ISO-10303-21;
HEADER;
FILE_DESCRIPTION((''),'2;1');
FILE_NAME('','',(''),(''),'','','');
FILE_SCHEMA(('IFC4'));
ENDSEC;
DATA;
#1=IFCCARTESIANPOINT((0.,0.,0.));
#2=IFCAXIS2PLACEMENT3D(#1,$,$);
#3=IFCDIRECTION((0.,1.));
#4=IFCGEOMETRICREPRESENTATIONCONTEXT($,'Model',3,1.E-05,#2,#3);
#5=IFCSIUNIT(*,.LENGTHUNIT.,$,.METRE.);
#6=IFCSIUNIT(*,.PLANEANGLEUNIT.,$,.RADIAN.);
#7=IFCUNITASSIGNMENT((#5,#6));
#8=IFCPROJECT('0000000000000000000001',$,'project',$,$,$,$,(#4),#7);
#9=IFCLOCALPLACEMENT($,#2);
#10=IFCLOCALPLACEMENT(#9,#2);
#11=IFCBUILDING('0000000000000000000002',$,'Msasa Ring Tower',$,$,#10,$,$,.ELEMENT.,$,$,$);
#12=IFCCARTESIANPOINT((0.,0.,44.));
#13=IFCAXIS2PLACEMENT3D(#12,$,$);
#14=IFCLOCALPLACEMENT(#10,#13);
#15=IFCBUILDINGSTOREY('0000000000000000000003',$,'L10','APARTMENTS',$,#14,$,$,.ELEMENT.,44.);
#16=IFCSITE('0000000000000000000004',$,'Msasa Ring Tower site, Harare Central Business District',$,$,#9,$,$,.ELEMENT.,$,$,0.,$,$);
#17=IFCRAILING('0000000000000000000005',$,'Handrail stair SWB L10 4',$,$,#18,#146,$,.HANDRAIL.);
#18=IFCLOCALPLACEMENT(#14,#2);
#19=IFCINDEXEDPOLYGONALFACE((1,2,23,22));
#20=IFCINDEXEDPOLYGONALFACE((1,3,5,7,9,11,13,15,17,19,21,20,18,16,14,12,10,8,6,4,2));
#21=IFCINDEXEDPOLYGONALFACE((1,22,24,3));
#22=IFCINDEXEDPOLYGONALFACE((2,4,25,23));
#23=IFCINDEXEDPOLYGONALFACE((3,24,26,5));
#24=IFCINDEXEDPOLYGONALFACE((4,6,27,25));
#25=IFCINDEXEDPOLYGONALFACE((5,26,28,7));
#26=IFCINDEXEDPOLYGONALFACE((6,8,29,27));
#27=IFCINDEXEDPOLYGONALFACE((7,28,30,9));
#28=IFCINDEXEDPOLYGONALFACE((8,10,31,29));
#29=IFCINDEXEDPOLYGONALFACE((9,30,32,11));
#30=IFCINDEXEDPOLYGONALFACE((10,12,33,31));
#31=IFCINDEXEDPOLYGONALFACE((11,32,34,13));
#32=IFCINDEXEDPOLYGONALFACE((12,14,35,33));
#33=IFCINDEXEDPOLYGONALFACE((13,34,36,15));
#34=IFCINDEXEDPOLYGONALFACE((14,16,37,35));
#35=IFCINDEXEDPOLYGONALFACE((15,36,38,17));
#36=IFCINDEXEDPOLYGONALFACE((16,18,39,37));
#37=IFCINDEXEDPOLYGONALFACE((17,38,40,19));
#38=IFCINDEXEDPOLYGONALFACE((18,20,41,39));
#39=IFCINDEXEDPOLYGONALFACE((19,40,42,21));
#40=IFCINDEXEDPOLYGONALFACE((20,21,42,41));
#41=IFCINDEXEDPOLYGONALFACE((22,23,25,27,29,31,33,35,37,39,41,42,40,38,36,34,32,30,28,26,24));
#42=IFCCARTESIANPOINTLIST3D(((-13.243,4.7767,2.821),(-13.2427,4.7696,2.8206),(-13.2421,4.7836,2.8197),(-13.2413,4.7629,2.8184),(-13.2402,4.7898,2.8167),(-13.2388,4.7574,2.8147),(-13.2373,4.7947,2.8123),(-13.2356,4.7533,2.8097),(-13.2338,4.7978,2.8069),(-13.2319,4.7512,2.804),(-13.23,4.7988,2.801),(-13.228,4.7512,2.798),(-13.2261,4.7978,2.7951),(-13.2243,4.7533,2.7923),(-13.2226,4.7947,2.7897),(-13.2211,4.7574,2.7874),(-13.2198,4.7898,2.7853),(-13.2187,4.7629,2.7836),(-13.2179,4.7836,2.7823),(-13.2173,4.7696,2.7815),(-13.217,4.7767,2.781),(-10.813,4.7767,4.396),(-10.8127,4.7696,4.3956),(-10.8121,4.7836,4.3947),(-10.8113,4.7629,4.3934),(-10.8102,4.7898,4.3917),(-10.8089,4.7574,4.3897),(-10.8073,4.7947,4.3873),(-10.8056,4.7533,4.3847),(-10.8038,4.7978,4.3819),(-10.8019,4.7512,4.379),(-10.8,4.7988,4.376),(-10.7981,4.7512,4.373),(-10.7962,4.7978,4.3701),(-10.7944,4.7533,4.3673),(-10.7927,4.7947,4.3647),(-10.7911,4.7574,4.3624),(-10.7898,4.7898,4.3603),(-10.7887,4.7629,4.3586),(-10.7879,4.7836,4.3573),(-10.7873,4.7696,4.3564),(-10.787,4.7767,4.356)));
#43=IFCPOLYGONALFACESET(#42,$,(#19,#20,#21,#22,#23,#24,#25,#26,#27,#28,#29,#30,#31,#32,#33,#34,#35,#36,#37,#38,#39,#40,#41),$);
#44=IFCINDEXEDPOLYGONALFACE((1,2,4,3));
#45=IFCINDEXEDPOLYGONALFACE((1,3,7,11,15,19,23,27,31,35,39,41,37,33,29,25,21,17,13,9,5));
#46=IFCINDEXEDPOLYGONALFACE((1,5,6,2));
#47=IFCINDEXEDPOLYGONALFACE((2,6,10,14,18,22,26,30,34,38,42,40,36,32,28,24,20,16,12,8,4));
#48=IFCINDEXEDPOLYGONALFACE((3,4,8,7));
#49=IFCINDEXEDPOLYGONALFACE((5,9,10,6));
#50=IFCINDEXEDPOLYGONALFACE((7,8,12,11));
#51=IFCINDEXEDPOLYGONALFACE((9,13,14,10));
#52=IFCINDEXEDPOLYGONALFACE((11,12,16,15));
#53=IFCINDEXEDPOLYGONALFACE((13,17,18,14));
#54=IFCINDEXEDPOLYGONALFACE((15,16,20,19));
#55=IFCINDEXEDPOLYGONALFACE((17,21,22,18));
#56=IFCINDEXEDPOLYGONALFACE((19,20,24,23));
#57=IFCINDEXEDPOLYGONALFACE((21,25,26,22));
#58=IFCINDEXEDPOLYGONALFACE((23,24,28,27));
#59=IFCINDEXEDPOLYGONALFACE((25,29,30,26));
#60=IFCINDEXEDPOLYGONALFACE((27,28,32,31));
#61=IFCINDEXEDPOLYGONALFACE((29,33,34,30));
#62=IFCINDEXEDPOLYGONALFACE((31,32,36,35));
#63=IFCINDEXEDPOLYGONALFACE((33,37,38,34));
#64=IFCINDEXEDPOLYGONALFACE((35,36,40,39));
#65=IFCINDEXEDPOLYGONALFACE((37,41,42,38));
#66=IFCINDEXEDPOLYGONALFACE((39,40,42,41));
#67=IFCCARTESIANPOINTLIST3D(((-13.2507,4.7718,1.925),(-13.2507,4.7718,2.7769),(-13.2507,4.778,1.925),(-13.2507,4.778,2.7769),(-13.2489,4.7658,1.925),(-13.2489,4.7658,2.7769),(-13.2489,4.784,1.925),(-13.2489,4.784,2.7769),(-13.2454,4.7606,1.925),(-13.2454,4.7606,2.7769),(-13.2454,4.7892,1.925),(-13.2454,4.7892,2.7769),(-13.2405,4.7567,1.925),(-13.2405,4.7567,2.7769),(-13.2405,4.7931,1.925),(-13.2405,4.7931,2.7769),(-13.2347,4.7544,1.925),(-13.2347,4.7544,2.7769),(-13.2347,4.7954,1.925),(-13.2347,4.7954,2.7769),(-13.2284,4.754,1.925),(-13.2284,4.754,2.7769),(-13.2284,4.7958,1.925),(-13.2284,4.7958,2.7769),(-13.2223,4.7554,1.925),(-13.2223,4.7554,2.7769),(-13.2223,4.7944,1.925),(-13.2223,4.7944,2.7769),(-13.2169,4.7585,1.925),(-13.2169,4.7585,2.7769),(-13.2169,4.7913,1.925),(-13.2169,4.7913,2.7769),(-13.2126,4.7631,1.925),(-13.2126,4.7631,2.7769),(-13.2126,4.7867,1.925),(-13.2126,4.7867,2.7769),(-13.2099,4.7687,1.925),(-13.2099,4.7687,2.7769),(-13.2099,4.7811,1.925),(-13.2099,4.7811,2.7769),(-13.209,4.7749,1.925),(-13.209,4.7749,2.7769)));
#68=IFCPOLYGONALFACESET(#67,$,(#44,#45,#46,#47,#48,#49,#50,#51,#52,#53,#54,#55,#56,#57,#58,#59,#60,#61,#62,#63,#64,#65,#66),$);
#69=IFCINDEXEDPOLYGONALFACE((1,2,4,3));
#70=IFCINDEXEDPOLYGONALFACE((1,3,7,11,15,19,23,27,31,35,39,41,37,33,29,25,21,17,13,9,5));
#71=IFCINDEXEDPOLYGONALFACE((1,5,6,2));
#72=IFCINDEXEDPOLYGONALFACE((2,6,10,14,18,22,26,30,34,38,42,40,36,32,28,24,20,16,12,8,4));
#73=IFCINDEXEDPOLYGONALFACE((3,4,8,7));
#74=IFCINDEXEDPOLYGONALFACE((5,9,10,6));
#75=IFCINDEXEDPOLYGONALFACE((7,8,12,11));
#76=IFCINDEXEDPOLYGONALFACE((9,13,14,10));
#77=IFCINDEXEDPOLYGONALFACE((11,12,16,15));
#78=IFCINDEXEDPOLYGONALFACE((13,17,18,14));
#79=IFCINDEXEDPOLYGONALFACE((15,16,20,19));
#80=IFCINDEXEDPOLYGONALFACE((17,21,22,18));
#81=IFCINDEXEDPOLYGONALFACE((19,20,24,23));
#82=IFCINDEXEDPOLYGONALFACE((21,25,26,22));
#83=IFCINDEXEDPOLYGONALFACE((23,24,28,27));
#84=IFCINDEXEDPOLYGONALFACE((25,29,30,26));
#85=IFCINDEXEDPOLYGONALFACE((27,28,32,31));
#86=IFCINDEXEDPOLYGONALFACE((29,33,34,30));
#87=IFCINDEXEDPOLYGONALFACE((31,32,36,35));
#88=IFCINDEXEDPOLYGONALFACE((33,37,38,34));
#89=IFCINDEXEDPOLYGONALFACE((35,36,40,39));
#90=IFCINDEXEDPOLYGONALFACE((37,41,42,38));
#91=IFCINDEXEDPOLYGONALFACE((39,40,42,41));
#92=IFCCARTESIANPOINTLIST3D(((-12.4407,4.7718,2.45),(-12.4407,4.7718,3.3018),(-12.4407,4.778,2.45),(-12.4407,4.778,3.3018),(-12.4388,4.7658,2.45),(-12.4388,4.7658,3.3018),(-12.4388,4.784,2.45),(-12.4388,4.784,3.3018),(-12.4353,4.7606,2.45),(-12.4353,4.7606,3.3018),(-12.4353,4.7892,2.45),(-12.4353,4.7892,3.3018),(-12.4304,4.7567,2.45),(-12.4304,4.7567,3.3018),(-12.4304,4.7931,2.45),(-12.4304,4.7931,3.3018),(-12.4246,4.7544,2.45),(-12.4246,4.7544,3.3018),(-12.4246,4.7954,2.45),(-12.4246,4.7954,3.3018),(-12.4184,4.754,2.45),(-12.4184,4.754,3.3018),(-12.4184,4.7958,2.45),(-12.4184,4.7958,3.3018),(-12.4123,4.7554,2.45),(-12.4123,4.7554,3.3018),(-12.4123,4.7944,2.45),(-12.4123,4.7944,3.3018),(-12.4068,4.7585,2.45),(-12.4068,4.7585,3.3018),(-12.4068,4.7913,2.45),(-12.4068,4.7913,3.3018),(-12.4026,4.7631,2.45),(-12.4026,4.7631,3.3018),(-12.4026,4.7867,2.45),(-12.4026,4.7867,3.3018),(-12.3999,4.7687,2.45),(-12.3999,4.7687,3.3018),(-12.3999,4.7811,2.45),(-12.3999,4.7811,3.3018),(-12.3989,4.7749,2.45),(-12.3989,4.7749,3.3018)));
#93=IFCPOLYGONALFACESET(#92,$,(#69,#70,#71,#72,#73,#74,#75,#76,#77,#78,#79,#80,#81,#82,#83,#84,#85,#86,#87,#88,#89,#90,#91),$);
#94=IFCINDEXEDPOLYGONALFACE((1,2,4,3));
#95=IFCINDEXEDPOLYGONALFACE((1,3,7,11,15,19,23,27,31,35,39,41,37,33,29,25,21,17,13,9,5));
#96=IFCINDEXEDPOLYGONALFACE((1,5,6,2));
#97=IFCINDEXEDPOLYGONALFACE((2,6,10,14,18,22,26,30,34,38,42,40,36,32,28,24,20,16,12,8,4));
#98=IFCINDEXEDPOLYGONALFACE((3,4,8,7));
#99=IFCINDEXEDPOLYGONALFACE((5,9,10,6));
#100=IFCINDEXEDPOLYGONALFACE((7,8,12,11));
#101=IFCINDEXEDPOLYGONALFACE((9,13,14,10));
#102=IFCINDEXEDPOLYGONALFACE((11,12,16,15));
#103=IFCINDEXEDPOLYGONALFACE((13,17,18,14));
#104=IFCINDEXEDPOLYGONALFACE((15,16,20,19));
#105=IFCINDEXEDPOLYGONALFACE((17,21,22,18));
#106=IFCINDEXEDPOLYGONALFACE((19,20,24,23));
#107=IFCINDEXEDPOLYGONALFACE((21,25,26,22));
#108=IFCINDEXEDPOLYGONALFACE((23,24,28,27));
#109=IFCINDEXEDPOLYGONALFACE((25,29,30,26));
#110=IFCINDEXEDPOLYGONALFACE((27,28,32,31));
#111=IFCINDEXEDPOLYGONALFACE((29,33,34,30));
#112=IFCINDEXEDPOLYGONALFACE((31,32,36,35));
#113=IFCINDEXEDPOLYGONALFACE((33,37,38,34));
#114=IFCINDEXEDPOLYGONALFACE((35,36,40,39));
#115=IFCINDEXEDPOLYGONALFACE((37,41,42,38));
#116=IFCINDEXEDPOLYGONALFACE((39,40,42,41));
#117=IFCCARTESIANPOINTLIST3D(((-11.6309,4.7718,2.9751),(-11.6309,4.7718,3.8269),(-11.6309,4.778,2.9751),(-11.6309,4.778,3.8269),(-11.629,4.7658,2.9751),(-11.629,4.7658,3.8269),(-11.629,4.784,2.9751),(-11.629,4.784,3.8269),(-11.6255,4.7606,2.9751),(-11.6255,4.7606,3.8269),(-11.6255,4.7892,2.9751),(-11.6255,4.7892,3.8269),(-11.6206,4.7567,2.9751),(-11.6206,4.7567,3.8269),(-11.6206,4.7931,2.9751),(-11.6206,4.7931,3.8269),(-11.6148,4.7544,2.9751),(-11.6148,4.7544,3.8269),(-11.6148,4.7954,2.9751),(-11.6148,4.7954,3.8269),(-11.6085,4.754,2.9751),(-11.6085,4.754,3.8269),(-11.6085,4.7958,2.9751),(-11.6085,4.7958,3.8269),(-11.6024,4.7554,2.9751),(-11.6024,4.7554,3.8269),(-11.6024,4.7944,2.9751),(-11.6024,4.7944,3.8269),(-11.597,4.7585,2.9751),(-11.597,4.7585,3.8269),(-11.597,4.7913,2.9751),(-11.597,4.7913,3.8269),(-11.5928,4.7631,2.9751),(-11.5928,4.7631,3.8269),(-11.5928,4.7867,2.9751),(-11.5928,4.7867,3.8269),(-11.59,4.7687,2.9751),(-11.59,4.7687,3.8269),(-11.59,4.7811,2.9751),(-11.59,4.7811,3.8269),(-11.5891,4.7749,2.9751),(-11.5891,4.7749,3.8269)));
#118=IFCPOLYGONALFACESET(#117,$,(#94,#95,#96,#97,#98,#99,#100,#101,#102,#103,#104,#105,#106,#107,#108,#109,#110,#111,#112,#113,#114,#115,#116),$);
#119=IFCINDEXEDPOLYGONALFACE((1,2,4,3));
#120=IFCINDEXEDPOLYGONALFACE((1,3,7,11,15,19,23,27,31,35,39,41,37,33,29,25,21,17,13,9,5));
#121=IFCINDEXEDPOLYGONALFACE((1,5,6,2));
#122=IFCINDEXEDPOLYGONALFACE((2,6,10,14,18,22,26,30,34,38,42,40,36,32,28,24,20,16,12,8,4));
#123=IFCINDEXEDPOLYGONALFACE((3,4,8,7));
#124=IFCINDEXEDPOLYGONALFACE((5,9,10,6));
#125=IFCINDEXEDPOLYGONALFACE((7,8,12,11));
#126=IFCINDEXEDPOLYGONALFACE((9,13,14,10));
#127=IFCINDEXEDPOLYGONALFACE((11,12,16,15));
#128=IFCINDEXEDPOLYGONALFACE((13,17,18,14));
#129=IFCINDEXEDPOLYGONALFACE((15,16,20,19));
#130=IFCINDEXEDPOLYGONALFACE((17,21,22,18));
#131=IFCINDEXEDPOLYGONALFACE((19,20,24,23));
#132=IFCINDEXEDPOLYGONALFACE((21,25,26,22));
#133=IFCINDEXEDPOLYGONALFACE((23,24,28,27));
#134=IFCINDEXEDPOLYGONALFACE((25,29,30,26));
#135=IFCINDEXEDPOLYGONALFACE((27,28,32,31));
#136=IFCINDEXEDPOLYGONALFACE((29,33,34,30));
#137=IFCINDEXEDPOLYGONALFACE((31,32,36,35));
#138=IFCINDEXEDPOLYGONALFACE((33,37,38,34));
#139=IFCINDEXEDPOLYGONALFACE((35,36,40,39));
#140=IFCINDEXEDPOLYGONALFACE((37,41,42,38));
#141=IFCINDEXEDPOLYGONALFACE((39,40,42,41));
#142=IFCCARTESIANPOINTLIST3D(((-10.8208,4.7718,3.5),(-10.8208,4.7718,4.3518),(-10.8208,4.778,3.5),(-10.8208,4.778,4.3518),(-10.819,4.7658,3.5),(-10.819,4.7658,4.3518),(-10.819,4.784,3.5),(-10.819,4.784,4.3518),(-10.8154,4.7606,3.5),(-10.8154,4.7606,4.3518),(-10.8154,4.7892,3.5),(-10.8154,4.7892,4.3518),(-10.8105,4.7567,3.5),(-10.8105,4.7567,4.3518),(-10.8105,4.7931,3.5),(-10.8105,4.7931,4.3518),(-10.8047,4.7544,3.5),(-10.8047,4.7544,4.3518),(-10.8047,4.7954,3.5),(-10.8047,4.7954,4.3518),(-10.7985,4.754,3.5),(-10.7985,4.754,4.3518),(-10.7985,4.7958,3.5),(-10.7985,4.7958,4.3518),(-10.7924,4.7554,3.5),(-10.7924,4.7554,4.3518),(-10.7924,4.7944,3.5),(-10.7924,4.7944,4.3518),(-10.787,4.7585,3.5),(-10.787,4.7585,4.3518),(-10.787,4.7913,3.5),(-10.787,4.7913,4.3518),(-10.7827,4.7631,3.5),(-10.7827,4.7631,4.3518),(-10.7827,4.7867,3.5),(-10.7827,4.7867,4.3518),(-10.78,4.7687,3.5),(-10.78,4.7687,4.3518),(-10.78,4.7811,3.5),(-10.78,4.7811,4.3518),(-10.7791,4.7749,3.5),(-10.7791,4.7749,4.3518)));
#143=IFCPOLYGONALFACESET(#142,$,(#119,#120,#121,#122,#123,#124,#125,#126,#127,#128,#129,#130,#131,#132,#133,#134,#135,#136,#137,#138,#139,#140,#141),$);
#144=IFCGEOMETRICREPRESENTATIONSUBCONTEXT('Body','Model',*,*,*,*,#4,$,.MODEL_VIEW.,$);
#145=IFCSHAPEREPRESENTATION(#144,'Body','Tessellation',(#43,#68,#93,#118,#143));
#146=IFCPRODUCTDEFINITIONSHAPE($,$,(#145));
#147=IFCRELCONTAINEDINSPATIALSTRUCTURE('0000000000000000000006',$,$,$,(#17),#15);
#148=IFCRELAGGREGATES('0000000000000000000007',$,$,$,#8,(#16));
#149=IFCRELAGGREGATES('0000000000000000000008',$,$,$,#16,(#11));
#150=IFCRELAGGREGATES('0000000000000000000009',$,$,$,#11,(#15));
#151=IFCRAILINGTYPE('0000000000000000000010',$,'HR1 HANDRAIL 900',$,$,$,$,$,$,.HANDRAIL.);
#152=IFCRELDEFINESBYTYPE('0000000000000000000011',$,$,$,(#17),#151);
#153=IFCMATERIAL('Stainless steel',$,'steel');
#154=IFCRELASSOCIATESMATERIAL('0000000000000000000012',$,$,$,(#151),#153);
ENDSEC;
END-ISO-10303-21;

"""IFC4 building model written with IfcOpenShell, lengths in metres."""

from ifc_helpers import new_model, si_unit, direction, frame, origin, origin_2d, place, context, subcontext, project, spatial, circle, extrude, material, type_object, element, save


model = new_model("IFC4")

# Units and contexts
model_context = context("Model", 3, precision=1e-05, world=origin(), true_north=direction((0.0, 1.0)))
body_context = subcontext(model_context, "Body", "Model", "MODEL_VIEW")
ifc_project = project(units=[si_unit("LENGTHUNIT", "METRE"), si_unit("PLANEANGLEUNIT", "RADIAN")], contexts=[model_context])

# Site, building, storey
site_placement = place(None, origin())
site = spatial("IfcSite", under=ifc_project, at=site_placement, Name="Msasa Ring Tower site, Harare Central Business District", CompositionType="ELEMENT", RefElevation=0.0)
building_placement = place(site_placement, origin())
building = spatial("IfcBuilding", under=site, at=building_placement, Name="Msasa Ring Tower", CompositionType="ELEMENT")
storey_placement = place(building_placement, frame((0.0, 0.0, 44.0)))
storey = spatial("IfcBuildingStorey", under=building, at=storey_placement, Name="L10", Description="APARTMENTS", CompositionType="ELEMENT", Elevation=44.0)

# Railing
ifc_material_1 = material(Name="Stainless steel", Category="steel")
railing_type = type_object("IfcRailingType", Name="HR1 HANDRAIL 900", PredefinedType="HANDRAIL", material=ifc_material_1)
for number, where, name in (
    (1, (-13.23, 4.7749, 1.925), "Handrail stair SWB L10 4"),
):
    element("IfcRailing", number, at=place(storey_placement, frame(where)), inside=storey, type_object=railing_type, Name=name, PredefinedType="HANDRAIL", context=body_context, shape_type="SweptSolid", body=[
        extrude(circle(Radius=0.0239, at=origin_2d()), frame((0.0, 0.0, 0.876), z_axis=(0.839154, 0.0, 0.543894), x_axis=(0.0, 1.0, 0.0)), (0.0, 0.0, 1.0), 2.8958),
        extrude(circle(Radius=0.021, at=origin_2d()), origin(), (0.0, 0.0, 1.0), 0.8518),
        extrude(circle(Radius=0.021, at=origin_2d()), frame((0.8101, 0.0, 0.5249)), (0.0, 0.0, 1.0), 0.8518),
        extrude(circle(Radius=0.021, at=origin_2d()), frame((1.6199, 0.0, 1.05)), (0.0, 0.0, 1.0), 0.8518),
        extrude(circle(Radius=0.021, at=origin_2d()), frame((2.4299, 0.0, 1.575)), (0.0, 0.0, 1.0), 0.8518),
    ])

save(model, "model.ifc")
